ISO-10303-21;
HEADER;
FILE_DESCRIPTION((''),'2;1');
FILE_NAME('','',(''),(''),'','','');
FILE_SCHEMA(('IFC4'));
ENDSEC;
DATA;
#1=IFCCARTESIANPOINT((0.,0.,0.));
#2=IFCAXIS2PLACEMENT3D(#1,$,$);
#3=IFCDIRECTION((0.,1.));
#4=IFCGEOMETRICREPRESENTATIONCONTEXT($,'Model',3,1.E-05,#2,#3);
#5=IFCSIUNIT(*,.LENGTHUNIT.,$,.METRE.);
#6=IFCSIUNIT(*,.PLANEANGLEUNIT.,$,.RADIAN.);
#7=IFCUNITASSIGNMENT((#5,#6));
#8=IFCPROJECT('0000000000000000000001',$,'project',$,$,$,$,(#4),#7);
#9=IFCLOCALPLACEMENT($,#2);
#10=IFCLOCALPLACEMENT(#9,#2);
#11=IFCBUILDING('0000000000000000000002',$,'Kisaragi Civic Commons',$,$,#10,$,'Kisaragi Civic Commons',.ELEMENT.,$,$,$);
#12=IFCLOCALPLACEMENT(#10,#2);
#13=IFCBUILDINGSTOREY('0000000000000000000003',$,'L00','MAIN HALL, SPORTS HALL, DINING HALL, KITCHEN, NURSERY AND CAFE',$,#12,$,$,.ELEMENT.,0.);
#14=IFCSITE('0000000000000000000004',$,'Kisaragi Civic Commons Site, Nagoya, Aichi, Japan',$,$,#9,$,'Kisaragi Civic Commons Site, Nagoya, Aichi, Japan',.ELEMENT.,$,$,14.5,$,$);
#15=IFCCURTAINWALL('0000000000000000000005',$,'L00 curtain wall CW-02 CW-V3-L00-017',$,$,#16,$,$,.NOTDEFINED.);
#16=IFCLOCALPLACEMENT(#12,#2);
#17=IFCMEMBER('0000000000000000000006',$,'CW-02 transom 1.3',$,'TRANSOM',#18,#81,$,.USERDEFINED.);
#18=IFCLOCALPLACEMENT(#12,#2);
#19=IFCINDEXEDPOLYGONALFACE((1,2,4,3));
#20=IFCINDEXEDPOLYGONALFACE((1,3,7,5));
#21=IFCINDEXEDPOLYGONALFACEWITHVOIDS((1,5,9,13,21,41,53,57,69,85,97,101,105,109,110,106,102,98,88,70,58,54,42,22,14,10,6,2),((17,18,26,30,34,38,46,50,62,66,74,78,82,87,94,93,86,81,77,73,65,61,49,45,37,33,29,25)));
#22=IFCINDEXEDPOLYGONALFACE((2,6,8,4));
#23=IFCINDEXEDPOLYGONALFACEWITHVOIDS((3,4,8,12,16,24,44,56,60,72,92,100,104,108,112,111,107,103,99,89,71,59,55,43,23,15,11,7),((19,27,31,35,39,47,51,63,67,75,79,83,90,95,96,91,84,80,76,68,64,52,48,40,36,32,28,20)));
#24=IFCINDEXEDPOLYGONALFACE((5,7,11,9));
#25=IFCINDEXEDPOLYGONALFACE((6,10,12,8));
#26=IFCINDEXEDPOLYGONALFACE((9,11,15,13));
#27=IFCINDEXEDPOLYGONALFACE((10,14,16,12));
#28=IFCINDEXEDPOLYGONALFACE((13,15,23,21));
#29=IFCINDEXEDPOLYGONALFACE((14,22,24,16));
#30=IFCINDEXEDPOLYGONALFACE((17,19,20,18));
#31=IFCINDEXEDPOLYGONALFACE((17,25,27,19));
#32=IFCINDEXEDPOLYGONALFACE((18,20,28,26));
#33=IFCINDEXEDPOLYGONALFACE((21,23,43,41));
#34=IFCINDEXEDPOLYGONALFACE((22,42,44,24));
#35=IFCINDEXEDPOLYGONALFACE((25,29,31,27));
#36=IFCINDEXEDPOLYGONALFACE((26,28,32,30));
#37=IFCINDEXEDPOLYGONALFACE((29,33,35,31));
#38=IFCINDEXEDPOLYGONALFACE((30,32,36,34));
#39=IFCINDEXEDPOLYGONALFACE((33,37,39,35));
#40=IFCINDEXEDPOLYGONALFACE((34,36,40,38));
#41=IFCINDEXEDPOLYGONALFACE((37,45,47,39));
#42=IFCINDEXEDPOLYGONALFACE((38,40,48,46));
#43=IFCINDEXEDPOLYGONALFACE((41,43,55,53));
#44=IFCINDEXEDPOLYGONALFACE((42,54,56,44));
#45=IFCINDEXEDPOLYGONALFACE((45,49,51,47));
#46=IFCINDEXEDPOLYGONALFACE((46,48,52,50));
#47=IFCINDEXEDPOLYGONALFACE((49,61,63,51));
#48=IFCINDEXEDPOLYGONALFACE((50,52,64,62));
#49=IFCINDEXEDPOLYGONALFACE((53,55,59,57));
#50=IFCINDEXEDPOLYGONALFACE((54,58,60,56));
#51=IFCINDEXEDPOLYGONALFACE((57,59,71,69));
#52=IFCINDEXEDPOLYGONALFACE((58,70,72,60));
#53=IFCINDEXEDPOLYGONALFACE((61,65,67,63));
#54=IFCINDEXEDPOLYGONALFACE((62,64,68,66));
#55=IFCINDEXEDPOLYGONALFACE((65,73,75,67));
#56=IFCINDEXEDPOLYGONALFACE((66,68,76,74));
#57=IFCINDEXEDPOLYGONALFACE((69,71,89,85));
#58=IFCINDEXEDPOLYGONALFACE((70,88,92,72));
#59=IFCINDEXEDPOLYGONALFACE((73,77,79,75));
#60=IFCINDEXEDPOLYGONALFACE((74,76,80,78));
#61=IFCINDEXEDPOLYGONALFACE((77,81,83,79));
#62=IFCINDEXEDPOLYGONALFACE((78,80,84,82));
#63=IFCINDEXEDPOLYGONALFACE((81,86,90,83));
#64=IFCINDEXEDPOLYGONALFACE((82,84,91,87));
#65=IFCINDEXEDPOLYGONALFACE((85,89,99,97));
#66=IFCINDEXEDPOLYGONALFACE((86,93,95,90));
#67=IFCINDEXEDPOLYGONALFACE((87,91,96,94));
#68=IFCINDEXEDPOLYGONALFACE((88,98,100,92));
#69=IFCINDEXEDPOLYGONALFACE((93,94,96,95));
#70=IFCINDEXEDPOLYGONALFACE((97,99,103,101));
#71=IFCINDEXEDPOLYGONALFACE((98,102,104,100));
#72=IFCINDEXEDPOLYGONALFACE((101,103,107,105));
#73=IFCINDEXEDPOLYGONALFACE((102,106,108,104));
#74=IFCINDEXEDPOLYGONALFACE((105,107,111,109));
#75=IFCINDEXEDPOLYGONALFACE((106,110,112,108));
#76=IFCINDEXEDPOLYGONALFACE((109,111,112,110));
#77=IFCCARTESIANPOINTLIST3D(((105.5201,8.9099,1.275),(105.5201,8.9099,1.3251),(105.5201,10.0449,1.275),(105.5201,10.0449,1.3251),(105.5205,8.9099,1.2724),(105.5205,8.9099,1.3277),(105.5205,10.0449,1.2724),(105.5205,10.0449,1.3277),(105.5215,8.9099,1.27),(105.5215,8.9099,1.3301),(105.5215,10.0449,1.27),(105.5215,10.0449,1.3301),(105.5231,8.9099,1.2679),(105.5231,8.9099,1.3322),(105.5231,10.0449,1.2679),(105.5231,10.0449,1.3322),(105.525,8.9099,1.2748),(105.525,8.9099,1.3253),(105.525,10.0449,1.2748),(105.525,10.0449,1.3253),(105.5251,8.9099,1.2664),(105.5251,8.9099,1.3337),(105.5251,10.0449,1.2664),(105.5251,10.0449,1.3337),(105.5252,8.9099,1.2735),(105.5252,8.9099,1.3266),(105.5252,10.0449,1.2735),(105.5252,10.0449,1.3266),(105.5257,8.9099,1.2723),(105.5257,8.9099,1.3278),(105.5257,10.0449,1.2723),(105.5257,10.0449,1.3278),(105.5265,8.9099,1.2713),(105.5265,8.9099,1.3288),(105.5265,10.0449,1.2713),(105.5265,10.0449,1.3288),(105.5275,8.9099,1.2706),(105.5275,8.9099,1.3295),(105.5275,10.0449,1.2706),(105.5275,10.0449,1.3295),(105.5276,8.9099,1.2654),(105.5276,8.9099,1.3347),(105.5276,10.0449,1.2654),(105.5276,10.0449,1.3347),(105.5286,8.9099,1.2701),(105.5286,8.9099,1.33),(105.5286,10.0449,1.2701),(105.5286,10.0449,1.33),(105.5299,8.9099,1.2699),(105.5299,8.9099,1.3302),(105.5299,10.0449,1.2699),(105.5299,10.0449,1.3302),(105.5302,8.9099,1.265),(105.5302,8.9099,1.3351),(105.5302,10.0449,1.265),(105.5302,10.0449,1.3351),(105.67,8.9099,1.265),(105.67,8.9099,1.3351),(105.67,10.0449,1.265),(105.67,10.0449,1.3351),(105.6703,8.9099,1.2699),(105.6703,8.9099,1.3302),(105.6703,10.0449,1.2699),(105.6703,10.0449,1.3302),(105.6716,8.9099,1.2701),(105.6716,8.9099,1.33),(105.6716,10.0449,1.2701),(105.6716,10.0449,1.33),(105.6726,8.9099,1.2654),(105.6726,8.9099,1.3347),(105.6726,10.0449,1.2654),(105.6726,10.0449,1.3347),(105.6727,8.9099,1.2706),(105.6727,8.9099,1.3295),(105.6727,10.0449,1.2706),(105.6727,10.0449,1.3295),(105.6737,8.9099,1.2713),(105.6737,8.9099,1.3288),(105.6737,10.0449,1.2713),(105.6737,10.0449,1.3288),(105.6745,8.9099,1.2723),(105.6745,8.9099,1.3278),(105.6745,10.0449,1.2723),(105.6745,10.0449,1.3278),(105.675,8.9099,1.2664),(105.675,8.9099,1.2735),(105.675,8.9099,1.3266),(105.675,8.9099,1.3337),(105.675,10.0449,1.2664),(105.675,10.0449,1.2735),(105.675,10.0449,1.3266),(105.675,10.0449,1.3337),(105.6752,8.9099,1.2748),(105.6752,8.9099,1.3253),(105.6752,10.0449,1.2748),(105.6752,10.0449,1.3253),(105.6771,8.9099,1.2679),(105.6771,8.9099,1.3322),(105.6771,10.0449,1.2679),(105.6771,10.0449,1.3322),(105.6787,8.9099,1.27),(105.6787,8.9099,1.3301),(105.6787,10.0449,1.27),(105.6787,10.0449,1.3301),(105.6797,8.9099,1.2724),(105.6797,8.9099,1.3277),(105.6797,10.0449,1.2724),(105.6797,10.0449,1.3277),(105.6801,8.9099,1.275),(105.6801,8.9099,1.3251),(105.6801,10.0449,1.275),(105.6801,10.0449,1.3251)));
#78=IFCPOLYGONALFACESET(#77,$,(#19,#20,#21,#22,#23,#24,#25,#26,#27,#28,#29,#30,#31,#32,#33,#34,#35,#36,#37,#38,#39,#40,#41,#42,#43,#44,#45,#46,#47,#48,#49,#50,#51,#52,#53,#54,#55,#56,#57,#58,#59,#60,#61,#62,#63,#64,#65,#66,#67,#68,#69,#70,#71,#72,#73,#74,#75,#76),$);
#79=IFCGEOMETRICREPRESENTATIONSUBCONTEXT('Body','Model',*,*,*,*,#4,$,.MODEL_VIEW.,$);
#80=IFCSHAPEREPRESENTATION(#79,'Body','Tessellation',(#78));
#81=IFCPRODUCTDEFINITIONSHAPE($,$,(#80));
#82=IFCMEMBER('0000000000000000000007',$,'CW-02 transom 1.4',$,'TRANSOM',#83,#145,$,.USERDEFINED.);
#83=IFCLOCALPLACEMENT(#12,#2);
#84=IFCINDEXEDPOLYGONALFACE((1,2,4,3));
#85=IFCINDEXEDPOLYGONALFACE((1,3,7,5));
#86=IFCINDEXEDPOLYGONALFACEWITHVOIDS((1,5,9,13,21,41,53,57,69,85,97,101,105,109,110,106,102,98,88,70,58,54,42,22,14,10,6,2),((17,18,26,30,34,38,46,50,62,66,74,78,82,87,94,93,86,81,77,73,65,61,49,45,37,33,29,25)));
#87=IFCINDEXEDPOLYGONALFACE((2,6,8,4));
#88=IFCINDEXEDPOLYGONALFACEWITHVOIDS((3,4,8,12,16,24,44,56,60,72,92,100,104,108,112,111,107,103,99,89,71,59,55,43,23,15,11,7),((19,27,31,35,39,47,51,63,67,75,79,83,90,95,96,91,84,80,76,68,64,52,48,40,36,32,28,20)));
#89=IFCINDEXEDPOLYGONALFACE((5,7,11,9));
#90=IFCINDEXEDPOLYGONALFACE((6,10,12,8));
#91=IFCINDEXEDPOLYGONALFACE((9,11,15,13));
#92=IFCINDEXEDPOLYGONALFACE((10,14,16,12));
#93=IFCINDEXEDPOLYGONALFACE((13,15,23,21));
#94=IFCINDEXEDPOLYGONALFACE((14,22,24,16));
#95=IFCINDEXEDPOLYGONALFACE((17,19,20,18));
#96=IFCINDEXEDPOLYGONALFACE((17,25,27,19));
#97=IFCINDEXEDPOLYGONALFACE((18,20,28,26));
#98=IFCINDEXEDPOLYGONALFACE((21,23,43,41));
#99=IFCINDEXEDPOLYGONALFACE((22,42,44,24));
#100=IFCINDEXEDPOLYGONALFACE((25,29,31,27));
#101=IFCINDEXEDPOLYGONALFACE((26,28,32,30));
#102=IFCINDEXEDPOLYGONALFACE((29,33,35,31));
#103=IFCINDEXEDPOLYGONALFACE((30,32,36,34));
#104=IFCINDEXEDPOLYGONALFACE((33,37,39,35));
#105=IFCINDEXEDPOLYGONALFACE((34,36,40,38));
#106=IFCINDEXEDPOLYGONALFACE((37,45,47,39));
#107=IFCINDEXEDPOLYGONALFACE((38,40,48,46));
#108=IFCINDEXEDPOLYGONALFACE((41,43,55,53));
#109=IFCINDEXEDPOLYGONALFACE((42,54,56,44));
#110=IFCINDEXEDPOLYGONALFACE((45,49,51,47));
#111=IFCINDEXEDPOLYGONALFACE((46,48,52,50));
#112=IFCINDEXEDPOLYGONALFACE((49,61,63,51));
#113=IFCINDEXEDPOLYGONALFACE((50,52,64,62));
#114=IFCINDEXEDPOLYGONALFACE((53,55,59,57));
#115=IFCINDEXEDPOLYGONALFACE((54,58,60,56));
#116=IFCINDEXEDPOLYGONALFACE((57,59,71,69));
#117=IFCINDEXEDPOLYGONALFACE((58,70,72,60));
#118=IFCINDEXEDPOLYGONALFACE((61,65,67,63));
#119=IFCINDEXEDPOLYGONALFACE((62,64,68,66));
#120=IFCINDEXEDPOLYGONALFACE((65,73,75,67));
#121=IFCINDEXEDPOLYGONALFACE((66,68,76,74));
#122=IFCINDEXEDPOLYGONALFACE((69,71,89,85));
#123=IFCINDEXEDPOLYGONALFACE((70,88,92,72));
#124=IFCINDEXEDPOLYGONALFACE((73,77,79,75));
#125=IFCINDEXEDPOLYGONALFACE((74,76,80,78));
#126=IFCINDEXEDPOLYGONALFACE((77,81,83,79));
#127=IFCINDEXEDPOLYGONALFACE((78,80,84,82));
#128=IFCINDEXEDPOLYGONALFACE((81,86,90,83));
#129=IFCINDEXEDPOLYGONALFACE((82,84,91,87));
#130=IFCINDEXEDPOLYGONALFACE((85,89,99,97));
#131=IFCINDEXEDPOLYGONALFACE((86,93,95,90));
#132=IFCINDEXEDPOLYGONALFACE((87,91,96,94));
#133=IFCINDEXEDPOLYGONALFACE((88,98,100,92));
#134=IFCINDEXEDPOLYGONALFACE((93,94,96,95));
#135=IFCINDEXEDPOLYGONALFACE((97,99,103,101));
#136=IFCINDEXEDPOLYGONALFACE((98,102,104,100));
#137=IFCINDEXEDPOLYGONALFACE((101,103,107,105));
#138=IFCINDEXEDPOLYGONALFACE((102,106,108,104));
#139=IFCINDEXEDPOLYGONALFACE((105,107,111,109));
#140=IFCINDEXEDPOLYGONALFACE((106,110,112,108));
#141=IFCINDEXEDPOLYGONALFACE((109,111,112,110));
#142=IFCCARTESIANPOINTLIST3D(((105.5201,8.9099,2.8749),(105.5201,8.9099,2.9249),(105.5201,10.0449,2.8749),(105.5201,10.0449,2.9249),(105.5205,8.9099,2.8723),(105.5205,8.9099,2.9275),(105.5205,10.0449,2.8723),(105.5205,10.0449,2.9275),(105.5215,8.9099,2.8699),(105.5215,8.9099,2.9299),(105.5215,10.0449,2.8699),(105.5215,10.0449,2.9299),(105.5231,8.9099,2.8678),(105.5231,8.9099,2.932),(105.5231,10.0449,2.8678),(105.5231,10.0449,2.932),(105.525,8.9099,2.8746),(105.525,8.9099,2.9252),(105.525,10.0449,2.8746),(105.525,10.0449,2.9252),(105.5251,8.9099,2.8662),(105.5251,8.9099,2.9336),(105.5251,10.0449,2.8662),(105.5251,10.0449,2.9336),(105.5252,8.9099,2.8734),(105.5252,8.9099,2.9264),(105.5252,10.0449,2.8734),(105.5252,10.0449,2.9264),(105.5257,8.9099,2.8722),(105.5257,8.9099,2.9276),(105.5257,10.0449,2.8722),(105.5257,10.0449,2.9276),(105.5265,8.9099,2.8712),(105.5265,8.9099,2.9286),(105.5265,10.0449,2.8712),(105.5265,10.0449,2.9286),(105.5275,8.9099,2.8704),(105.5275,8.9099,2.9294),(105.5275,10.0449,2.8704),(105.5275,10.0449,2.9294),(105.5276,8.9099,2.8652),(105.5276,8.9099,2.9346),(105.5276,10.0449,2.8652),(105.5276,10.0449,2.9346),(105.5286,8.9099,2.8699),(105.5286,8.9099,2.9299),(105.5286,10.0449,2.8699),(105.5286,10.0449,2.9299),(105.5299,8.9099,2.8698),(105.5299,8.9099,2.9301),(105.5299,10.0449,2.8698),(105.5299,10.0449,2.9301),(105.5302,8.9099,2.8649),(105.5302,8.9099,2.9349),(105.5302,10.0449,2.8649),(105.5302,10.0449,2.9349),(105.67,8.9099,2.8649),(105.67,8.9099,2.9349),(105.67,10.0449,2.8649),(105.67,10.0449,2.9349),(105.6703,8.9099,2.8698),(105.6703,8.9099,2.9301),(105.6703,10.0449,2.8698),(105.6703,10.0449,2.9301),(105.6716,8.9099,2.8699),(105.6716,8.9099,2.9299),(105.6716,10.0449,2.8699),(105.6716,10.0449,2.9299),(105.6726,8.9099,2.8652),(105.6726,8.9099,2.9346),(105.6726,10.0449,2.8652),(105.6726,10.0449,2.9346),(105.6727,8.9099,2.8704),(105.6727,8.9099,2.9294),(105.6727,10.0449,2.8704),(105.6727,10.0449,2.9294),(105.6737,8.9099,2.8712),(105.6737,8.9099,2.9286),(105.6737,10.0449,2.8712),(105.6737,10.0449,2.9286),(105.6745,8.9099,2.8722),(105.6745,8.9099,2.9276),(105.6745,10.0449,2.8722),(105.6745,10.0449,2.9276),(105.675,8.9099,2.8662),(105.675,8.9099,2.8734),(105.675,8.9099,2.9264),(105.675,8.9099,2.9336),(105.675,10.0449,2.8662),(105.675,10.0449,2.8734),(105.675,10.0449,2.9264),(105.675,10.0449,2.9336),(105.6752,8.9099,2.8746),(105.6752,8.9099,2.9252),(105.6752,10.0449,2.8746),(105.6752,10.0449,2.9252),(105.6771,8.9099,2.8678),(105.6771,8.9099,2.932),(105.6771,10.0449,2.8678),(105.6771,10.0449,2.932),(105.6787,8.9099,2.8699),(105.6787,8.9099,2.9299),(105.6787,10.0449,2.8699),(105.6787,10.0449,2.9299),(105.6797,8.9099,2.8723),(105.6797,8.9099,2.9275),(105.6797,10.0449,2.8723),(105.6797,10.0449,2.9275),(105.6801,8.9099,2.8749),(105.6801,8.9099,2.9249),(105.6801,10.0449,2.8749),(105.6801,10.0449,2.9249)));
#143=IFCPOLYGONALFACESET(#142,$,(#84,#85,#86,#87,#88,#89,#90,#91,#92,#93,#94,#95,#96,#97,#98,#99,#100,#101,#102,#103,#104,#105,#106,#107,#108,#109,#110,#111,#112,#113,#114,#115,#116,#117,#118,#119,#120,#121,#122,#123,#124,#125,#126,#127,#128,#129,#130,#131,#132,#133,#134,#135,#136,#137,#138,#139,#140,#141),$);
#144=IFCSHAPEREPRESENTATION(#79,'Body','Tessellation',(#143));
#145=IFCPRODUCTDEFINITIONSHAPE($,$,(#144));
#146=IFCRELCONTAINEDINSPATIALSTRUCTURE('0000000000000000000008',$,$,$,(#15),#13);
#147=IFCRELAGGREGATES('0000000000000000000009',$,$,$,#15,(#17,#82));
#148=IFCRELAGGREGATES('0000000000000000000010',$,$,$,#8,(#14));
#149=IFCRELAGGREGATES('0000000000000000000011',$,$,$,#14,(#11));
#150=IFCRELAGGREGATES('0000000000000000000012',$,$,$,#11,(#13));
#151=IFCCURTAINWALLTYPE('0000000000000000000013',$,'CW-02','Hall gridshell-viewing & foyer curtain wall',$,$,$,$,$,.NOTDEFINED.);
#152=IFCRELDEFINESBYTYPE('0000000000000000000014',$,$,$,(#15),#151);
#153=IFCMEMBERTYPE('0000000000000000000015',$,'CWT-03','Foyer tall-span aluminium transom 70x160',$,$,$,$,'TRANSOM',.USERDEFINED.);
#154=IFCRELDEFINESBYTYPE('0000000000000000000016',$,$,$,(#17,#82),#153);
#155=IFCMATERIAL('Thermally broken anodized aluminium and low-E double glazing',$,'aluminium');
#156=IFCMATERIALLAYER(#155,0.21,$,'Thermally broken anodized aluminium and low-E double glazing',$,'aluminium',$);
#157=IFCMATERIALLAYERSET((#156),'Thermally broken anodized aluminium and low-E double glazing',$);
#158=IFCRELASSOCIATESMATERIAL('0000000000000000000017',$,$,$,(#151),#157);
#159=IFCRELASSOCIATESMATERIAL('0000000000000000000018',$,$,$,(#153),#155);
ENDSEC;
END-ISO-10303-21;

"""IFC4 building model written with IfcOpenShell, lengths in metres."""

from ifc_helpers import new_model, si_unit, direction, frame, origin, origin_2d, place, context, subcontext, project, spatial, hollow_rectangle, extrude, material, layer, layer_set, material_profile, profile_set, type_object, element, aggregate, save


model = new_model("IFC4")

# Units and contexts
model_context = context("Model", 3, precision=1e-05, world=origin(), true_north=direction((0.0, 1.0)))
body_context = subcontext(model_context, "Body", "Model", "MODEL_VIEW")
ifc_project = project(units=[si_unit("LENGTHUNIT", "METRE"), si_unit("PLANEANGLEUNIT", "RADIAN")], contexts=[model_context])

# Site, building, storey
site_placement = place(None, origin())
site = spatial("IfcSite", under=ifc_project, at=site_placement, Name="Kisaragi Civic Commons Site, Nagoya, Aichi, Japan", LongName="Kisaragi Civic Commons Site, Nagoya, Aichi, Japan", CompositionType="ELEMENT", RefElevation=14.5)
building_placement = place(site_placement, origin())
building = spatial("IfcBuilding", under=site, at=building_placement, Name="Kisaragi Civic Commons", LongName="Kisaragi Civic Commons", CompositionType="ELEMENT")
storey_placement = place(building_placement, origin())
storey = spatial("IfcBuildingStorey", under=building, at=storey_placement, Name="L00", Description="MAIN HALL, SPORTS HALL, DINING HALL, KITCHEN, NURSERY AND CAFE", CompositionType="ELEMENT", Elevation=0.0)

# Curtain wall
ifc_material_1 = material(Name="Thermally broken anodized aluminium and low-E double glazing", Category="aluminium")
ifc_layer_1 = layer(ifc_material_1, 0.21, Name="Thermally broken anodized aluminium and low-E double glazing", Category="aluminium")
ifc_layer_set_1 = layer_set([ifc_layer_1], Name="Thermally broken anodized aluminium and low-E double glazing")
curtain_wall_type = type_object("IfcCurtainWallType", Name="CW-02", Description="Hall gridshell-viewing & foyer curtain wall", PredefinedType="NOTDEFINED", material=ifc_layer_set_1)
curtain_wall_1_placement = place(storey_placement, origin())
curtain_wall_1 = element("IfcCurtainWall", 1, at=curtain_wall_1_placement, inside=storey, type_object=curtain_wall_type, Name="L00 curtain wall CW-02 CW-V3-L00-017", PredefinedType="NOTDEFINED")

# Members
ifc_material_profile_1 = material_profile(ifc_material_1, hollow_rectangle(XDim=0.1599, YDim=0.0701, WallThickness=0.0049, InnerFilletRadius=0.0049, OuterFilletRadius=0.01, at=origin_2d()), Name="CWT-70x160x5", Category="aluminium")
ifc_profile_set_1 = profile_set([ifc_material_profile_1], Name="Thermally broken anodized aluminium and low-E double glazing")
member_type_1 = type_object("IfcMemberType", Name="CWT-03", Description="Foyer tall-span aluminium transom 70x160", ElementType="TRANSOM", PredefinedType="USERDEFINED", material=ifc_profile_set_1)
member_1_placement = place(storey_placement, frame((105.6001, 8.9099, 1.3), z_axis=(0.0, 1.0, 0.0), x_axis=(-1.0, 0.0, 0.0)))
member_1 = element("IfcMember", 2, at=member_1_placement, type_object=member_type_1, Name="CW-02 transom 1.3", ObjectType="TRANSOM", PredefinedType="USERDEFINED", context=body_context, shape_type="SweptSolid", body=[
    extrude(hollow_rectangle(XDim=0.1599, YDim=0.0701, WallThickness=0.0049, InnerFilletRadius=0.0049, OuterFilletRadius=0.01, at=origin_2d()), origin(), (0.0, 0.0, 1.0), 1.135),
])
member_2_placement = place(storey_placement, frame((105.6001, 8.9099, 2.8999), z_axis=(0.0, 1.0, 0.0), x_axis=(-1.0, 0.0, 0.0)))
member_2 = element("IfcMember", 3, at=member_2_placement, type_object=member_type_1, Name="CW-02 transom 1.4", ObjectType="TRANSOM", PredefinedType="USERDEFINED", context=body_context, shape_type="SweptSolid", body=[
    extrude(hollow_rectangle(XDim=0.1599, YDim=0.0701, WallThickness=0.0049, InnerFilletRadius=0.0049, OuterFilletRadius=0.01, at=origin_2d()), origin(), (0.0, 0.0, 1.0), 1.135),
])

aggregate(curtain_wall_1, [member_1, member_2])

save(model, "model.ifc")
